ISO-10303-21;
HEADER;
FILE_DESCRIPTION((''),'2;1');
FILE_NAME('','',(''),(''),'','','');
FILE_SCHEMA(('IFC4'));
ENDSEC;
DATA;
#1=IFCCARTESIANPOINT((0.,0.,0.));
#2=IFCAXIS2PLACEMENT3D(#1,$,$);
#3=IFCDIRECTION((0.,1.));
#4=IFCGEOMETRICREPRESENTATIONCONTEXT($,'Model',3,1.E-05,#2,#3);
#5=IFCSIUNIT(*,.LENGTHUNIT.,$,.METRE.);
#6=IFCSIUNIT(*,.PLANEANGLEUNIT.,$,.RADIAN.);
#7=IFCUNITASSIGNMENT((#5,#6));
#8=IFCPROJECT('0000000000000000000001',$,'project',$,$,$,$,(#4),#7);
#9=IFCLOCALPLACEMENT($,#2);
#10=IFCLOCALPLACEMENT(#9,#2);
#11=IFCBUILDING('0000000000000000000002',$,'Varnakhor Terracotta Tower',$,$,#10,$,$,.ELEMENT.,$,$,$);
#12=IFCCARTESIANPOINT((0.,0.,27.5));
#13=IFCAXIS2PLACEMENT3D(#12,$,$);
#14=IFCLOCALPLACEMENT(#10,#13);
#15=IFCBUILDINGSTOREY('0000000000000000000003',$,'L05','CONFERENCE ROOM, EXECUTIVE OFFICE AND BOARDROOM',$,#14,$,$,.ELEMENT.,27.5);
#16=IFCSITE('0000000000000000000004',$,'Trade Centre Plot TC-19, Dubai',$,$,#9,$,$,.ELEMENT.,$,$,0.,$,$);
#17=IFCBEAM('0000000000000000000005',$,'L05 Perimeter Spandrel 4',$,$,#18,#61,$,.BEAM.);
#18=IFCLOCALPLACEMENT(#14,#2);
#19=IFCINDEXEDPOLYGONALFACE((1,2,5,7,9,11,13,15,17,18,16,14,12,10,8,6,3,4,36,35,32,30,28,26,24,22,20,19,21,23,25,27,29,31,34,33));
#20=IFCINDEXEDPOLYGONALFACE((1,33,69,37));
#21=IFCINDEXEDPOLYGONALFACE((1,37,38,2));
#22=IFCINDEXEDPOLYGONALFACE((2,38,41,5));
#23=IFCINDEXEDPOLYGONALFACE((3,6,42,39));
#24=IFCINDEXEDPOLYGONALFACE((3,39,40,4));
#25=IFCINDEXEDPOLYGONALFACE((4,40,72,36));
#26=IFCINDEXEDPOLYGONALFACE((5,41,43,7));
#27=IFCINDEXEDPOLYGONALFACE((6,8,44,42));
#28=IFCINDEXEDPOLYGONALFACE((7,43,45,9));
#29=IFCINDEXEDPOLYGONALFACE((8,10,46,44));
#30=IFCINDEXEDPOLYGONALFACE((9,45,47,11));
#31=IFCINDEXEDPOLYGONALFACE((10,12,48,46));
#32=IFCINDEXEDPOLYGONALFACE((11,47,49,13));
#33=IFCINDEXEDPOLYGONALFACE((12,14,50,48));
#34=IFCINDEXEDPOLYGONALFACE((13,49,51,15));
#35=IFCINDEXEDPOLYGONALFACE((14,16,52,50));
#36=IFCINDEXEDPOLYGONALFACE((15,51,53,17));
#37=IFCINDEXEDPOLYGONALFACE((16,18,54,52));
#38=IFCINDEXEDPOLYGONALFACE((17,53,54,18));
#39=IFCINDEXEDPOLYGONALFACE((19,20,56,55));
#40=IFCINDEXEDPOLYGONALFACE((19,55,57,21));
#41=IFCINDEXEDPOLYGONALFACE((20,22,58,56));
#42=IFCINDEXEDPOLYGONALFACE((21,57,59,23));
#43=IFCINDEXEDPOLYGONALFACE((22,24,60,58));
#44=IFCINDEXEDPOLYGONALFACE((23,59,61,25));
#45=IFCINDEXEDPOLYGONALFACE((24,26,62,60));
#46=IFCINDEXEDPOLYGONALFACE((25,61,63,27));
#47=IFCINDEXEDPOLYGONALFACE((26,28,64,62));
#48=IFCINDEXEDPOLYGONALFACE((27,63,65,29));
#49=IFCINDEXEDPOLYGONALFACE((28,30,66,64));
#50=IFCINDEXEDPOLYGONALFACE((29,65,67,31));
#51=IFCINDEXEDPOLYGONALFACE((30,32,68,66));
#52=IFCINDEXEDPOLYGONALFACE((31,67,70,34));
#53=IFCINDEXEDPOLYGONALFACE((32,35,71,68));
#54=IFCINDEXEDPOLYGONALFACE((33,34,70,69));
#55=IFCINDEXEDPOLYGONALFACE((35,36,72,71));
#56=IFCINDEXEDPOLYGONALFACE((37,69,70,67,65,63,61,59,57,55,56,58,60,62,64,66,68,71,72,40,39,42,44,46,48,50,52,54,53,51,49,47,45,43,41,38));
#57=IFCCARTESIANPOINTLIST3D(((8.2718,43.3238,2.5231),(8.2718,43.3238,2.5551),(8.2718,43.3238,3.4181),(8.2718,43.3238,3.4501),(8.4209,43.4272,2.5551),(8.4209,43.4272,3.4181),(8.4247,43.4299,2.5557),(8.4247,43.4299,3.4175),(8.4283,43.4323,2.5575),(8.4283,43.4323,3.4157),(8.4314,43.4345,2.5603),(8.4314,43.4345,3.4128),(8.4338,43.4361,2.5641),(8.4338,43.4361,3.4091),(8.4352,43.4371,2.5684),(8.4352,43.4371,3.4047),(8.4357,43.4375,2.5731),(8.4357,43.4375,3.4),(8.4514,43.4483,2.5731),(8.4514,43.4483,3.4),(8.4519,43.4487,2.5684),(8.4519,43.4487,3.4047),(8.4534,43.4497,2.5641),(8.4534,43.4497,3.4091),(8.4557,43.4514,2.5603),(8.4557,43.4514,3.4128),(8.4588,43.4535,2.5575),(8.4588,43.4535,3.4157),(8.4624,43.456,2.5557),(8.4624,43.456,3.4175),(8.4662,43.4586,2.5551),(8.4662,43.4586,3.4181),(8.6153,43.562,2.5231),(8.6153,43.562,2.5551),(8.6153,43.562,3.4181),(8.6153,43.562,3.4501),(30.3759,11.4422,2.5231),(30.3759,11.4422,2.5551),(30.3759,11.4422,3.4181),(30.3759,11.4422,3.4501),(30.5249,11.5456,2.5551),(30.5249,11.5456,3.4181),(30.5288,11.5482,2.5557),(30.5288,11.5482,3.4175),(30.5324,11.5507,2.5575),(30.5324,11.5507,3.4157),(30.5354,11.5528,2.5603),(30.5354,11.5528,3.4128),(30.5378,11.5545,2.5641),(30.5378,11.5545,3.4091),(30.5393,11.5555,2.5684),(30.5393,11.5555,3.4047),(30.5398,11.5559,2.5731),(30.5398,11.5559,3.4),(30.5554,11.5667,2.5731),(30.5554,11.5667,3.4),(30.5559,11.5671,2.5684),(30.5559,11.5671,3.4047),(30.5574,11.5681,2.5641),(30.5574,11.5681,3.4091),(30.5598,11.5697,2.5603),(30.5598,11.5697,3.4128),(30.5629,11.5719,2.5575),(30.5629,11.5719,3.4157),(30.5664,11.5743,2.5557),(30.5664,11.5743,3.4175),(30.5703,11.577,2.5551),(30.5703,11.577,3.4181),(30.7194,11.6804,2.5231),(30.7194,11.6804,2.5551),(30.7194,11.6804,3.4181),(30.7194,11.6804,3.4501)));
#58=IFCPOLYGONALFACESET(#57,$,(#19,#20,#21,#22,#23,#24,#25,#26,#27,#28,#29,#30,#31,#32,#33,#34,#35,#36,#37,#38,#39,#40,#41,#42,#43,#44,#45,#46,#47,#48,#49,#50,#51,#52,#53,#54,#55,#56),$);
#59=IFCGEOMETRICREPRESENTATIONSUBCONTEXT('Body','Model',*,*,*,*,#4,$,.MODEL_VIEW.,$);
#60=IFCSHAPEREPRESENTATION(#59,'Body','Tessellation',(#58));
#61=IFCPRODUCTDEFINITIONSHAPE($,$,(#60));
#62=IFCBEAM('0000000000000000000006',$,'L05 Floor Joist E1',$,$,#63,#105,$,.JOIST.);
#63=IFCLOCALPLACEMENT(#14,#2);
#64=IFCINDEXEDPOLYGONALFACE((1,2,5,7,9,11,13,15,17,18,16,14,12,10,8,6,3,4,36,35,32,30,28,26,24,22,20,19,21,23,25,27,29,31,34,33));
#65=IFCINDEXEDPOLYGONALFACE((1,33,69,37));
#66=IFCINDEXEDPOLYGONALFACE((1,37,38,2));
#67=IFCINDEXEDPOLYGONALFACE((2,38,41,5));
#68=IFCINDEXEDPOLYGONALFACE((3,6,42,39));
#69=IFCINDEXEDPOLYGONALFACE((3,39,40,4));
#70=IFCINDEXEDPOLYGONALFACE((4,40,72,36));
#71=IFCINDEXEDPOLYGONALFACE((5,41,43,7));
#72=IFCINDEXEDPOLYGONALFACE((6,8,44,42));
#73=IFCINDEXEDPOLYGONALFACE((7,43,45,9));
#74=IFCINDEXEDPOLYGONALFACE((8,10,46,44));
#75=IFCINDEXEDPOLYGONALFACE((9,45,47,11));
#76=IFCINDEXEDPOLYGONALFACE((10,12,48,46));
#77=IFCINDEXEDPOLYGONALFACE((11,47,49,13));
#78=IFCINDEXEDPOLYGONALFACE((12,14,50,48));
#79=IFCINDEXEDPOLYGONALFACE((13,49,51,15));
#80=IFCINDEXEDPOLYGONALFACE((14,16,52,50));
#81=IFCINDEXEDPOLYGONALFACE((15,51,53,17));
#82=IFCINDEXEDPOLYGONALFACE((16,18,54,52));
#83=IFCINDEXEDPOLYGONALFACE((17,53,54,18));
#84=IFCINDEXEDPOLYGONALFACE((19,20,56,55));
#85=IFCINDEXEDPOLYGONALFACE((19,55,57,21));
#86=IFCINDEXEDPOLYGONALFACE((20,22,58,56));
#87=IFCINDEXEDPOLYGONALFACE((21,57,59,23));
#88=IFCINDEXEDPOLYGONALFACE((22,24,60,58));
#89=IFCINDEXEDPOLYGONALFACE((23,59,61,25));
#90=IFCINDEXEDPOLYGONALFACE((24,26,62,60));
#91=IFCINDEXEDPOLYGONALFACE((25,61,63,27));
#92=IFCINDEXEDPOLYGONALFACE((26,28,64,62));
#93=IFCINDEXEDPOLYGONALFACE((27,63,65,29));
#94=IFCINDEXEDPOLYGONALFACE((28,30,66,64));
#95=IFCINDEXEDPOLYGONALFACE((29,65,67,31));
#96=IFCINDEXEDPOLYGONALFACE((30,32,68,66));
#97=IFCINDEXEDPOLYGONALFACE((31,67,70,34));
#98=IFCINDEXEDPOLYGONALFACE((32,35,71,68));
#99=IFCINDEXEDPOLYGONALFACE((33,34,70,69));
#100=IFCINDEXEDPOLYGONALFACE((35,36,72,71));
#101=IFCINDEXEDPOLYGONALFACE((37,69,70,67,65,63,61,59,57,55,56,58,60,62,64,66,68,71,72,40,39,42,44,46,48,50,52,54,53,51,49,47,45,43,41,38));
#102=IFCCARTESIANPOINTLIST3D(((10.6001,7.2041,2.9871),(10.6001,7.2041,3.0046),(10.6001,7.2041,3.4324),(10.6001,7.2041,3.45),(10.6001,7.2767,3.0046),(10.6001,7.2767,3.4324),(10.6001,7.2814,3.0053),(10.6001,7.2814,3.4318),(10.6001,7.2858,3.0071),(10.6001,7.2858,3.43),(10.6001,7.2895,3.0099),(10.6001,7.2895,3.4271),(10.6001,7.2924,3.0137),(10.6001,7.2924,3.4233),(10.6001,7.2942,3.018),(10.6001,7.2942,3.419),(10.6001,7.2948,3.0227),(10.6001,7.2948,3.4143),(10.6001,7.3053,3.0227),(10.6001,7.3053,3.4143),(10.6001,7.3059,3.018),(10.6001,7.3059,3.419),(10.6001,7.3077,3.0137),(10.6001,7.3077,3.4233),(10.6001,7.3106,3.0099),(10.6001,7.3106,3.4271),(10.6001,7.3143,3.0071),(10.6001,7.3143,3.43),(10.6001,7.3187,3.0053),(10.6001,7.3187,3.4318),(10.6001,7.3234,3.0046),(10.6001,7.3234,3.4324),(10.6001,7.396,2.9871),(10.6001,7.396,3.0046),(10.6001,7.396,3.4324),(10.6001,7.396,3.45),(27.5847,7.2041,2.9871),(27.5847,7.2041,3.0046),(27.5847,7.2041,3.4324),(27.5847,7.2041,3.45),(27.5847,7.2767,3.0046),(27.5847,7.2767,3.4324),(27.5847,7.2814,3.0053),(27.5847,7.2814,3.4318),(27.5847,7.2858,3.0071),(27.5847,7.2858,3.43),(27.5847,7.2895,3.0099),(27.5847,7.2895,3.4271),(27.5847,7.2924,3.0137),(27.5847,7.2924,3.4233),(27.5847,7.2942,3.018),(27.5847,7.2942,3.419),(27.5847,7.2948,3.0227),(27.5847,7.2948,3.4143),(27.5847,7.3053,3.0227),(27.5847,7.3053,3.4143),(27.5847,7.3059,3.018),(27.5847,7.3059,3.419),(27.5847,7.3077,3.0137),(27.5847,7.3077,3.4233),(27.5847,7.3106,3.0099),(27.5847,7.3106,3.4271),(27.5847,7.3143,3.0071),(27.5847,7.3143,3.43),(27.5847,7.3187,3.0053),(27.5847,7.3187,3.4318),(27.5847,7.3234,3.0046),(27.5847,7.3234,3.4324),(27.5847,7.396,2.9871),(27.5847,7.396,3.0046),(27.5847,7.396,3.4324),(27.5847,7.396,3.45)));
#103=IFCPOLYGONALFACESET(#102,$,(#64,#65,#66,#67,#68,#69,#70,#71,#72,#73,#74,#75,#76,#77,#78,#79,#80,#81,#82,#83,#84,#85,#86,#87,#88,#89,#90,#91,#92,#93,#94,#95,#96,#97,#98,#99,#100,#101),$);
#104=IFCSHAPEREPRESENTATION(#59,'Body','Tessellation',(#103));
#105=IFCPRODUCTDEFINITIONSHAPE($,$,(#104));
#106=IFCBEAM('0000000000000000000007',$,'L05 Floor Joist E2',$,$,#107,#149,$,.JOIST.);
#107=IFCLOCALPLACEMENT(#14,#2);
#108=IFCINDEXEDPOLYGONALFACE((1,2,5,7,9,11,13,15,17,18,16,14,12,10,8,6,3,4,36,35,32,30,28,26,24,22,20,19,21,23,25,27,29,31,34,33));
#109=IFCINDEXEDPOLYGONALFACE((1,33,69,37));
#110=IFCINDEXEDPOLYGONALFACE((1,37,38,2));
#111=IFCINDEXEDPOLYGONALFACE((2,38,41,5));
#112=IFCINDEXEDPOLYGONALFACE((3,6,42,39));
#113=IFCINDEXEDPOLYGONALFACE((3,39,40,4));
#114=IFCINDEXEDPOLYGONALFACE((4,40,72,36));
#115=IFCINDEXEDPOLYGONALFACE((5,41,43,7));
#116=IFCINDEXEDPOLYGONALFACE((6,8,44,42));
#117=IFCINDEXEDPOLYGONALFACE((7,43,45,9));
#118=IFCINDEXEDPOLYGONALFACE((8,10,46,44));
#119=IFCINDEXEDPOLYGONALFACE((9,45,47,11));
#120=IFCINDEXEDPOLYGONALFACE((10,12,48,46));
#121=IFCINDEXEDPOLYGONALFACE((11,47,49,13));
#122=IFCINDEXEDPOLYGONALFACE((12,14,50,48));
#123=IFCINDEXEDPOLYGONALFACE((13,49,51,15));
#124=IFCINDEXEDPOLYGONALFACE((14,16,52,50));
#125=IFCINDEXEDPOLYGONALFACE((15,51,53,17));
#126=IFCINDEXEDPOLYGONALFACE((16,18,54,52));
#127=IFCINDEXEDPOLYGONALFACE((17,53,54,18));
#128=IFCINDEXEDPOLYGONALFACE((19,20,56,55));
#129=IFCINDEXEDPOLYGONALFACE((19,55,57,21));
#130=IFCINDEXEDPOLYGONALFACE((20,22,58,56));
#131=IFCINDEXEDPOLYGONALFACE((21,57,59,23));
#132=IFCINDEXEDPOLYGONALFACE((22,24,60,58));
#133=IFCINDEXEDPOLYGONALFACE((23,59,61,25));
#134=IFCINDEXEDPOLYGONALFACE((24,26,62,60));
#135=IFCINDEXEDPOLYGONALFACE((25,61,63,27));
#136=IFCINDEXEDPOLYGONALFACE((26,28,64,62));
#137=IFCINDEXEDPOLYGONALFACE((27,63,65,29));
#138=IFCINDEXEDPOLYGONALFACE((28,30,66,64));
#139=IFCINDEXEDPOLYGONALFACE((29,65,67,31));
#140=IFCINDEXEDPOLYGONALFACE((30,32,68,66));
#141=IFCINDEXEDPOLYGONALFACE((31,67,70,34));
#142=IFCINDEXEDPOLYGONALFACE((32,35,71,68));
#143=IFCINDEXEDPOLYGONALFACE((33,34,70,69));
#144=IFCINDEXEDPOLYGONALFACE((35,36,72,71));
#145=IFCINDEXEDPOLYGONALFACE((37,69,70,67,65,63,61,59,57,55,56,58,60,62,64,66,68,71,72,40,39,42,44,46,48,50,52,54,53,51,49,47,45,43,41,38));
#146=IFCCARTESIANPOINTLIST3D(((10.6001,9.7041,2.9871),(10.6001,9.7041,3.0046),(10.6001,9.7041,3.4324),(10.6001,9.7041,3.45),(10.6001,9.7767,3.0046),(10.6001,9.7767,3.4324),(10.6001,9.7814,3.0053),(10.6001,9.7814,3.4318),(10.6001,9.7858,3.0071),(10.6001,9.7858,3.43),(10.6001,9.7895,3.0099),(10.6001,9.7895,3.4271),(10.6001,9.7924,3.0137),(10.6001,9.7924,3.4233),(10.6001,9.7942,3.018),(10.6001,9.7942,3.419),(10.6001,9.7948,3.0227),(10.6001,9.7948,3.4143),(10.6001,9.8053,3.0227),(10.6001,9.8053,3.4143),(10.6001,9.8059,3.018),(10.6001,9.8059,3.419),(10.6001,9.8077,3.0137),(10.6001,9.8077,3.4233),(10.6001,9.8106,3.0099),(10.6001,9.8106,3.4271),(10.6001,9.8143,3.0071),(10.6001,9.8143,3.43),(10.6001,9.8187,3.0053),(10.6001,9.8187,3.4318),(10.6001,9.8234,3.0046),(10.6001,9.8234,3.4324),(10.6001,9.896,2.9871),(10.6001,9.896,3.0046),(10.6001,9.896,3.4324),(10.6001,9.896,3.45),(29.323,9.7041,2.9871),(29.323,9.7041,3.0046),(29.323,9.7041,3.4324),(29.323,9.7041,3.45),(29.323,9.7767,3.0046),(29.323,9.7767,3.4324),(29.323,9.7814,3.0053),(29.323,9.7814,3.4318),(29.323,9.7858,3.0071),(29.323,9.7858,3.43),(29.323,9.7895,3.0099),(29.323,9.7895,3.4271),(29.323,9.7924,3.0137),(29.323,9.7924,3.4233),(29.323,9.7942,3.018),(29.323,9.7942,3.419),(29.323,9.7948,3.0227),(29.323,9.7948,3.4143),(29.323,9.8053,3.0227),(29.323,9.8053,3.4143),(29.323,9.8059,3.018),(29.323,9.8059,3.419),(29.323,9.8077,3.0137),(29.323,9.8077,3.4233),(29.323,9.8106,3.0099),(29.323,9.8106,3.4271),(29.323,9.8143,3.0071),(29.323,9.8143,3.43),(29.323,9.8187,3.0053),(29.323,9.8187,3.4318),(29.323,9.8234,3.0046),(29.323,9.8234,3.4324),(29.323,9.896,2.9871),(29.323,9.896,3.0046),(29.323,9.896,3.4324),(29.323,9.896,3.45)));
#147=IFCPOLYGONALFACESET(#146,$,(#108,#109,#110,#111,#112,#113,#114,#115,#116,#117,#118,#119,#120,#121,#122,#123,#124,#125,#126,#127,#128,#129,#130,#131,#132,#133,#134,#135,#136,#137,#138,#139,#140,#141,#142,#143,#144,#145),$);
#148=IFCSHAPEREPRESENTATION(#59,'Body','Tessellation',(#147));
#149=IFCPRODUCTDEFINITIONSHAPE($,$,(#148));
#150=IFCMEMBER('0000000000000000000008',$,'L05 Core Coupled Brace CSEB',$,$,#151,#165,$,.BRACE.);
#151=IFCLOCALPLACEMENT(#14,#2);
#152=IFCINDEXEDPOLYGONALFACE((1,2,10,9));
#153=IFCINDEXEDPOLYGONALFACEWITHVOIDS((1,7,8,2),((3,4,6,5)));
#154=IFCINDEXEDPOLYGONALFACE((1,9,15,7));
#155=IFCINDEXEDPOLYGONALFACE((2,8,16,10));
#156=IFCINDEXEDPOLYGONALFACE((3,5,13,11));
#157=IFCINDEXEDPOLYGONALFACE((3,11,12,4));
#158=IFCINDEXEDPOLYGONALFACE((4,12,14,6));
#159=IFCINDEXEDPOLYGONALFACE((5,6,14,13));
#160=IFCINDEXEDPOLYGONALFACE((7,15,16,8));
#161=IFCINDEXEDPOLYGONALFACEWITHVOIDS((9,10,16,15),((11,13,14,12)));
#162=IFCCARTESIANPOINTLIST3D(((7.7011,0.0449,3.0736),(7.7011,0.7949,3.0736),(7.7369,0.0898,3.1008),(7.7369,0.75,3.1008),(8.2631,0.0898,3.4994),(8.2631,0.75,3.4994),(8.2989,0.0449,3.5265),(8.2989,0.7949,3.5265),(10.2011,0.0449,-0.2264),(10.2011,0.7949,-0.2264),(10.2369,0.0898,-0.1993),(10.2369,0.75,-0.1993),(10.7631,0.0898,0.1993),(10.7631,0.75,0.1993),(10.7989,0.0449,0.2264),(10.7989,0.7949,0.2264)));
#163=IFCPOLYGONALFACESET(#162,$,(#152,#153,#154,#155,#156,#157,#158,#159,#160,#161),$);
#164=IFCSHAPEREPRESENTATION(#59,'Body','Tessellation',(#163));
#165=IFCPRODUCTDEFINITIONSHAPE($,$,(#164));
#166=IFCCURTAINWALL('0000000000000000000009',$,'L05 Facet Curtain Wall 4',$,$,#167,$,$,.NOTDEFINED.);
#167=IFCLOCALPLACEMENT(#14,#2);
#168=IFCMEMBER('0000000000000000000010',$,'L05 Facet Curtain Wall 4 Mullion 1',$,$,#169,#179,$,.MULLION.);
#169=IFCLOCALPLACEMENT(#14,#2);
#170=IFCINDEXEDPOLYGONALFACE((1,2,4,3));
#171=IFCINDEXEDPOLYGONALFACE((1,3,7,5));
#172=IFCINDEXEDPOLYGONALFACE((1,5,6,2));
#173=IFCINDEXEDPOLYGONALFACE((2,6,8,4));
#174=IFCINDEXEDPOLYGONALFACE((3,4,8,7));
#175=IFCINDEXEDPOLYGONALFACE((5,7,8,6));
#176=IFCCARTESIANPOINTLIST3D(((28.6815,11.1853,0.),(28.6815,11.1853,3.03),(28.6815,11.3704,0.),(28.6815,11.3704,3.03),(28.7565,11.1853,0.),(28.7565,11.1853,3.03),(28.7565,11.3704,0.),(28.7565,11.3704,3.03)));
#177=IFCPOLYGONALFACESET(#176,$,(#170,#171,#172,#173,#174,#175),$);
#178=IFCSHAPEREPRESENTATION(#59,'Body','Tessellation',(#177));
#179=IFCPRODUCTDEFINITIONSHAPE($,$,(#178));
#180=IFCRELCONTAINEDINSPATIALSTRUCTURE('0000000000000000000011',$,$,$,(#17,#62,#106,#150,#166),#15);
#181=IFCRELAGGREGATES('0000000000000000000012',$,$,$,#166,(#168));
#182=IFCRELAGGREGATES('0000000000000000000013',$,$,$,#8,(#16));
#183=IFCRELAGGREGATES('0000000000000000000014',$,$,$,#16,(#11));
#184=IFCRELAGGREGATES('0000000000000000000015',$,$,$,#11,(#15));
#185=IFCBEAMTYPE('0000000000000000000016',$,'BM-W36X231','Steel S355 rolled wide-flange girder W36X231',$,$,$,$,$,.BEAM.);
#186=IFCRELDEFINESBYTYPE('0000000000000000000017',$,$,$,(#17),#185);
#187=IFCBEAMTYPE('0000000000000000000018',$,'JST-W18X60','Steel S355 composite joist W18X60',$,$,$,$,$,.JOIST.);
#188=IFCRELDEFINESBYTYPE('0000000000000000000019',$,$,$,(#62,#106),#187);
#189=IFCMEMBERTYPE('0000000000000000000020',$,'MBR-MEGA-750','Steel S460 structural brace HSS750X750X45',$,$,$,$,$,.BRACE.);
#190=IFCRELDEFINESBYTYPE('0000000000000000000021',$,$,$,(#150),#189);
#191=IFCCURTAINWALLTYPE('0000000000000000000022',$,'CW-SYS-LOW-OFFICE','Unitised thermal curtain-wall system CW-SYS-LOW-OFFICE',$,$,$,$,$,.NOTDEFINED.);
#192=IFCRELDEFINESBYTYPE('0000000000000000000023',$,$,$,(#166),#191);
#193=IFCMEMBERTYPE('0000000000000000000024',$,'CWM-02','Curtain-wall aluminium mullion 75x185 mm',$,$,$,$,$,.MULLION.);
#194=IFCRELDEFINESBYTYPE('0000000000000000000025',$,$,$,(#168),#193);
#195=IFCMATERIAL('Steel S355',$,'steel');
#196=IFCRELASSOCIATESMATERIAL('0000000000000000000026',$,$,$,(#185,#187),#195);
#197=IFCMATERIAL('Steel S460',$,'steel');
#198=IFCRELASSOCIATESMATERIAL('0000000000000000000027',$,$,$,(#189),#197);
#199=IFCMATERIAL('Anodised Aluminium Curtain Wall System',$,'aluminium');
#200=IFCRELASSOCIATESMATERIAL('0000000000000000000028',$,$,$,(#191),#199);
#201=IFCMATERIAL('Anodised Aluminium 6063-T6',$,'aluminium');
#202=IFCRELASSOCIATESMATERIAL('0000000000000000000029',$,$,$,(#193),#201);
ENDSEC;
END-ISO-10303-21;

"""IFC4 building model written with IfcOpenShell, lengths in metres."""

from ifc_helpers import new_model, si_unit, direction, frame, origin, origin_2d, place, context, subcontext, project, spatial, rectangle, hollow_rectangle, i_section, extrude, source, transform, mapped, material, material_profile, profile_set, type_object, type_shapes, element, aggregate, save


model = new_model("IFC4")

# Units and contexts
model_context = context("Model", 3, precision=1e-05, world=origin(), true_north=direction((0.0, 1.0)))
body_context = subcontext(model_context, "Body", "Model", "MODEL_VIEW")
ifc_project = project(units=[si_unit("LENGTHUNIT", "METRE"), si_unit("PLANEANGLEUNIT", "RADIAN")], contexts=[model_context])

# Site, building, storey
site_placement = place(None, origin())
site = spatial("IfcSite", under=ifc_project, at=site_placement, Name="Trade Centre Plot TC-19, Dubai", CompositionType="ELEMENT", RefElevation=0.0)
building_placement = place(site_placement, origin())
building = spatial("IfcBuilding", under=site, at=building_placement, Name="Varnakhor Terracotta Tower", CompositionType="ELEMENT")
storey_placement = place(building_placement, frame((0.0, 0.0, 27.5)))
storey = spatial("IfcBuildingStorey", under=building, at=storey_placement, Name="L05", Description="CONFERENCE ROOM, EXECUTIVE OFFICE AND BOARDROOM", CompositionType="ELEMENT", Elevation=27.5)

# Shared definitions
ifc_material_1 = material(Name="Steel S460", Category="steel")

# Beams
ifc_material_2 = material(Name="Steel S355", Category="steel")
ifc_material_profile_1 = material_profile(ifc_material_2, i_section(OverallWidth=0.418, OverallDepth=0.927, WebThickness=0.019, FlangeThickness=0.032, FilletRadius=0.0181, at=origin_2d()), Name="W36X231")
ifc_profile_set_1 = profile_set([ifc_material_profile_1], Name="Steel S355")
beam_type_1 = type_object("IfcBeamType", Name="BM-W36X231", Description="Steel S355 rolled wide-flange girder W36X231", PredefinedType="BEAM", material=ifc_profile_set_1)
shared_shape_1 = source(origin(), body_context, "Body", "SweptSolid", [
    extrude(i_section(OverallWidth=0.418, OverallDepth=0.927, WebThickness=0.019, FlangeThickness=0.032, FilletRadius=0.0181, at=origin_2d()), origin(), (0.0, 0.0, 1.0), 38.7947),
])
beam_1_placement = place(storey_placement, frame((30.5476, 11.5613, 2.9866), z_axis=(-0.56977, 0.821804, 0.0), x_axis=(-0.821804, -0.56977, 0.0)))
element("IfcBeam", 1, at=beam_1_placement, inside=storey, type_object=beam_type_1, Name="L05 Perimeter Spandrel 4", PredefinedType="BEAM", context=body_context, shape_type="MappedRepresentation", body=[
    mapped(shared_shape_1, transform((0.0, 0.0, 0.0), scale=1.0)),
])
ifc_material_profile_2 = material_profile(ifc_material_2, i_section(OverallWidth=0.1919, OverallDepth=0.4629, WebThickness=0.0105, FlangeThickness=0.0176, FilletRadius=0.0181, at=origin_2d()), Name="W18X60")
ifc_profile_set_2 = profile_set([ifc_material_profile_2], Name="Steel S355")
beam_type_2 = type_object("IfcBeamType", Name="JST-W18X60", Description="Steel S355 composite joist W18X60", PredefinedType="JOIST", material=ifc_profile_set_2)
shared_shape_2 = source(origin(), body_context, "Body", "SweptSolid", [
    extrude(i_section(OverallWidth=0.1919, OverallDepth=0.4629, WebThickness=0.0105, FlangeThickness=0.0176, FilletRadius=0.0181, at=origin_2d()), origin(), (0.0, 0.0, 1.0), 16.9846),
])
beam_2_placement = place(storey_placement, frame((10.6001, 7.3, 3.2185), z_axis=(1.0, 0.0, 0.0), x_axis=(0.0, 1.0, 0.0)))
element("IfcBeam", 2, at=beam_2_placement, inside=storey, type_object=beam_type_2, Name="L05 Floor Joist E1", PredefinedType="JOIST", context=body_context, shape_type="MappedRepresentation", body=[
    mapped(shared_shape_2, transform((0.0, 0.0, 0.0), scale=1.0)),
])
shared_shape_3 = source(origin(), body_context, "Body", "SweptSolid", [
    extrude(i_section(OverallWidth=0.1919, OverallDepth=0.4629, WebThickness=0.0105, FlangeThickness=0.0176, FilletRadius=0.0181, at=origin_2d()), origin(), (0.0, 0.0, 1.0), 18.7229),
])
beam_3_placement = place(storey_placement, frame((10.6001, 9.8, 3.2185), z_axis=(1.0, 0.0, 0.0), x_axis=(0.0, 1.0, 0.0)))
element("IfcBeam", 3, at=beam_3_placement, inside=storey, type_object=beam_type_2, Name="L05 Floor Joist E2", PredefinedType="JOIST", context=body_context, shape_type="MappedRepresentation", body=[
    mapped(shared_shape_3, transform((0.0, 0.0, 0.0), scale=1.0)),
])

# Member
ifc_material_profile_3 = material_profile(ifc_material_1, hollow_rectangle(XDim=0.75, YDim=0.75, WallThickness=0.0449, at=origin_2d()), Name="HSS750X750X45")
ifc_profile_set_3 = profile_set([ifc_material_profile_3], Name="Steel S460")
member_type_1 = type_object("IfcMemberType", Name="MBR-MEGA-750", Description="Steel S460 structural brace HSS750X750X45", PredefinedType="BRACE", material=ifc_profile_set_3)
shared_shape_4 = source(origin(), body_context, "Body", "SweptSolid", [
    extrude(hollow_rectangle(XDim=0.75, YDim=0.75, WallThickness=0.0449, at=origin_2d()), origin(), (0.0, 0.0, 1.0), 4.1401),
])
type_shapes(member_type_1, [shared_shape_4])
member_1_placement = place(storey_placement, frame((10.5, 0.4199, 0.0), z_axis=(-0.603852, 0.0, 0.797096), x_axis=(0.0, -1.0, 0.0)))
element("IfcMember", 4, at=member_1_placement, inside=storey, type_object=member_type_1, Name="L05 Core Coupled Brace CSEB", PredefinedType="BRACE", context=body_context, shape_type="MappedRepresentation", body=[
    mapped(shared_shape_4, transform((0.0, 0.0, 0.0), scale=1.0)),
])

# Curtain wall, member
ifc_material_3 = material(Name="Anodised Aluminium Curtain Wall System", Category="aluminium")
curtain_wall_type = type_object("IfcCurtainWallType", Name="CW-SYS-LOW-OFFICE", Description="Unitised thermal curtain-wall system CW-SYS-LOW-OFFICE", PredefinedType="NOTDEFINED", material=ifc_material_3)
curtain_wall_1_placement = place(storey_placement, origin())
curtain_wall_1 = element("IfcCurtainWall", 5, at=curtain_wall_1_placement, inside=storey, type_object=curtain_wall_type, Name="L05 Facet Curtain Wall 4", PredefinedType="NOTDEFINED")
ifc_material_4 = material(Name="Anodised Aluminium 6063-T6", Category="aluminium")
ifc_material_profile_4 = material_profile(ifc_material_4, rectangle(XDim=0.075, YDim=0.1851, at=origin_2d()), Name="ALU MULLION 75x185")
ifc_profile_set_4 = profile_set([ifc_material_profile_4], Name="Anodised Aluminium 6063-T6")
member_type_2 = type_object("IfcMemberType", Name="CWM-02", Description="Curtain-wall aluminium mullion 75x185 mm", PredefinedType="MULLION", material=ifc_profile_set_4)
shared_shape_5 = source(origin(), body_context, "Body", "SweptSolid", [
    extrude(rectangle(XDim=0.075, YDim=0.1851, at=origin_2d()), origin(), (0.0, 0.0, 1.0), 3.03),
])
type_shapes(member_type_2, [shared_shape_5])
member_2_placement = place(storey_placement, frame((28.719, 11.2778, 0.0), z_axis=(0.0, 0.0, 1.0), x_axis=(1.0, 0.0, 0.0)))
member_2 = element("IfcMember", 6, at=member_2_placement, type_object=member_type_2, Name="L05 Facet Curtain Wall 4 Mullion 1", PredefinedType="MULLION", context=body_context, shape_type="MappedRepresentation", body=[
    mapped(shared_shape_5, transform((0.0, 0.0, 0.0), scale=1.0)),
])

aggregate(curtain_wall_1, [member_2])

save(model, "model.ifc")
